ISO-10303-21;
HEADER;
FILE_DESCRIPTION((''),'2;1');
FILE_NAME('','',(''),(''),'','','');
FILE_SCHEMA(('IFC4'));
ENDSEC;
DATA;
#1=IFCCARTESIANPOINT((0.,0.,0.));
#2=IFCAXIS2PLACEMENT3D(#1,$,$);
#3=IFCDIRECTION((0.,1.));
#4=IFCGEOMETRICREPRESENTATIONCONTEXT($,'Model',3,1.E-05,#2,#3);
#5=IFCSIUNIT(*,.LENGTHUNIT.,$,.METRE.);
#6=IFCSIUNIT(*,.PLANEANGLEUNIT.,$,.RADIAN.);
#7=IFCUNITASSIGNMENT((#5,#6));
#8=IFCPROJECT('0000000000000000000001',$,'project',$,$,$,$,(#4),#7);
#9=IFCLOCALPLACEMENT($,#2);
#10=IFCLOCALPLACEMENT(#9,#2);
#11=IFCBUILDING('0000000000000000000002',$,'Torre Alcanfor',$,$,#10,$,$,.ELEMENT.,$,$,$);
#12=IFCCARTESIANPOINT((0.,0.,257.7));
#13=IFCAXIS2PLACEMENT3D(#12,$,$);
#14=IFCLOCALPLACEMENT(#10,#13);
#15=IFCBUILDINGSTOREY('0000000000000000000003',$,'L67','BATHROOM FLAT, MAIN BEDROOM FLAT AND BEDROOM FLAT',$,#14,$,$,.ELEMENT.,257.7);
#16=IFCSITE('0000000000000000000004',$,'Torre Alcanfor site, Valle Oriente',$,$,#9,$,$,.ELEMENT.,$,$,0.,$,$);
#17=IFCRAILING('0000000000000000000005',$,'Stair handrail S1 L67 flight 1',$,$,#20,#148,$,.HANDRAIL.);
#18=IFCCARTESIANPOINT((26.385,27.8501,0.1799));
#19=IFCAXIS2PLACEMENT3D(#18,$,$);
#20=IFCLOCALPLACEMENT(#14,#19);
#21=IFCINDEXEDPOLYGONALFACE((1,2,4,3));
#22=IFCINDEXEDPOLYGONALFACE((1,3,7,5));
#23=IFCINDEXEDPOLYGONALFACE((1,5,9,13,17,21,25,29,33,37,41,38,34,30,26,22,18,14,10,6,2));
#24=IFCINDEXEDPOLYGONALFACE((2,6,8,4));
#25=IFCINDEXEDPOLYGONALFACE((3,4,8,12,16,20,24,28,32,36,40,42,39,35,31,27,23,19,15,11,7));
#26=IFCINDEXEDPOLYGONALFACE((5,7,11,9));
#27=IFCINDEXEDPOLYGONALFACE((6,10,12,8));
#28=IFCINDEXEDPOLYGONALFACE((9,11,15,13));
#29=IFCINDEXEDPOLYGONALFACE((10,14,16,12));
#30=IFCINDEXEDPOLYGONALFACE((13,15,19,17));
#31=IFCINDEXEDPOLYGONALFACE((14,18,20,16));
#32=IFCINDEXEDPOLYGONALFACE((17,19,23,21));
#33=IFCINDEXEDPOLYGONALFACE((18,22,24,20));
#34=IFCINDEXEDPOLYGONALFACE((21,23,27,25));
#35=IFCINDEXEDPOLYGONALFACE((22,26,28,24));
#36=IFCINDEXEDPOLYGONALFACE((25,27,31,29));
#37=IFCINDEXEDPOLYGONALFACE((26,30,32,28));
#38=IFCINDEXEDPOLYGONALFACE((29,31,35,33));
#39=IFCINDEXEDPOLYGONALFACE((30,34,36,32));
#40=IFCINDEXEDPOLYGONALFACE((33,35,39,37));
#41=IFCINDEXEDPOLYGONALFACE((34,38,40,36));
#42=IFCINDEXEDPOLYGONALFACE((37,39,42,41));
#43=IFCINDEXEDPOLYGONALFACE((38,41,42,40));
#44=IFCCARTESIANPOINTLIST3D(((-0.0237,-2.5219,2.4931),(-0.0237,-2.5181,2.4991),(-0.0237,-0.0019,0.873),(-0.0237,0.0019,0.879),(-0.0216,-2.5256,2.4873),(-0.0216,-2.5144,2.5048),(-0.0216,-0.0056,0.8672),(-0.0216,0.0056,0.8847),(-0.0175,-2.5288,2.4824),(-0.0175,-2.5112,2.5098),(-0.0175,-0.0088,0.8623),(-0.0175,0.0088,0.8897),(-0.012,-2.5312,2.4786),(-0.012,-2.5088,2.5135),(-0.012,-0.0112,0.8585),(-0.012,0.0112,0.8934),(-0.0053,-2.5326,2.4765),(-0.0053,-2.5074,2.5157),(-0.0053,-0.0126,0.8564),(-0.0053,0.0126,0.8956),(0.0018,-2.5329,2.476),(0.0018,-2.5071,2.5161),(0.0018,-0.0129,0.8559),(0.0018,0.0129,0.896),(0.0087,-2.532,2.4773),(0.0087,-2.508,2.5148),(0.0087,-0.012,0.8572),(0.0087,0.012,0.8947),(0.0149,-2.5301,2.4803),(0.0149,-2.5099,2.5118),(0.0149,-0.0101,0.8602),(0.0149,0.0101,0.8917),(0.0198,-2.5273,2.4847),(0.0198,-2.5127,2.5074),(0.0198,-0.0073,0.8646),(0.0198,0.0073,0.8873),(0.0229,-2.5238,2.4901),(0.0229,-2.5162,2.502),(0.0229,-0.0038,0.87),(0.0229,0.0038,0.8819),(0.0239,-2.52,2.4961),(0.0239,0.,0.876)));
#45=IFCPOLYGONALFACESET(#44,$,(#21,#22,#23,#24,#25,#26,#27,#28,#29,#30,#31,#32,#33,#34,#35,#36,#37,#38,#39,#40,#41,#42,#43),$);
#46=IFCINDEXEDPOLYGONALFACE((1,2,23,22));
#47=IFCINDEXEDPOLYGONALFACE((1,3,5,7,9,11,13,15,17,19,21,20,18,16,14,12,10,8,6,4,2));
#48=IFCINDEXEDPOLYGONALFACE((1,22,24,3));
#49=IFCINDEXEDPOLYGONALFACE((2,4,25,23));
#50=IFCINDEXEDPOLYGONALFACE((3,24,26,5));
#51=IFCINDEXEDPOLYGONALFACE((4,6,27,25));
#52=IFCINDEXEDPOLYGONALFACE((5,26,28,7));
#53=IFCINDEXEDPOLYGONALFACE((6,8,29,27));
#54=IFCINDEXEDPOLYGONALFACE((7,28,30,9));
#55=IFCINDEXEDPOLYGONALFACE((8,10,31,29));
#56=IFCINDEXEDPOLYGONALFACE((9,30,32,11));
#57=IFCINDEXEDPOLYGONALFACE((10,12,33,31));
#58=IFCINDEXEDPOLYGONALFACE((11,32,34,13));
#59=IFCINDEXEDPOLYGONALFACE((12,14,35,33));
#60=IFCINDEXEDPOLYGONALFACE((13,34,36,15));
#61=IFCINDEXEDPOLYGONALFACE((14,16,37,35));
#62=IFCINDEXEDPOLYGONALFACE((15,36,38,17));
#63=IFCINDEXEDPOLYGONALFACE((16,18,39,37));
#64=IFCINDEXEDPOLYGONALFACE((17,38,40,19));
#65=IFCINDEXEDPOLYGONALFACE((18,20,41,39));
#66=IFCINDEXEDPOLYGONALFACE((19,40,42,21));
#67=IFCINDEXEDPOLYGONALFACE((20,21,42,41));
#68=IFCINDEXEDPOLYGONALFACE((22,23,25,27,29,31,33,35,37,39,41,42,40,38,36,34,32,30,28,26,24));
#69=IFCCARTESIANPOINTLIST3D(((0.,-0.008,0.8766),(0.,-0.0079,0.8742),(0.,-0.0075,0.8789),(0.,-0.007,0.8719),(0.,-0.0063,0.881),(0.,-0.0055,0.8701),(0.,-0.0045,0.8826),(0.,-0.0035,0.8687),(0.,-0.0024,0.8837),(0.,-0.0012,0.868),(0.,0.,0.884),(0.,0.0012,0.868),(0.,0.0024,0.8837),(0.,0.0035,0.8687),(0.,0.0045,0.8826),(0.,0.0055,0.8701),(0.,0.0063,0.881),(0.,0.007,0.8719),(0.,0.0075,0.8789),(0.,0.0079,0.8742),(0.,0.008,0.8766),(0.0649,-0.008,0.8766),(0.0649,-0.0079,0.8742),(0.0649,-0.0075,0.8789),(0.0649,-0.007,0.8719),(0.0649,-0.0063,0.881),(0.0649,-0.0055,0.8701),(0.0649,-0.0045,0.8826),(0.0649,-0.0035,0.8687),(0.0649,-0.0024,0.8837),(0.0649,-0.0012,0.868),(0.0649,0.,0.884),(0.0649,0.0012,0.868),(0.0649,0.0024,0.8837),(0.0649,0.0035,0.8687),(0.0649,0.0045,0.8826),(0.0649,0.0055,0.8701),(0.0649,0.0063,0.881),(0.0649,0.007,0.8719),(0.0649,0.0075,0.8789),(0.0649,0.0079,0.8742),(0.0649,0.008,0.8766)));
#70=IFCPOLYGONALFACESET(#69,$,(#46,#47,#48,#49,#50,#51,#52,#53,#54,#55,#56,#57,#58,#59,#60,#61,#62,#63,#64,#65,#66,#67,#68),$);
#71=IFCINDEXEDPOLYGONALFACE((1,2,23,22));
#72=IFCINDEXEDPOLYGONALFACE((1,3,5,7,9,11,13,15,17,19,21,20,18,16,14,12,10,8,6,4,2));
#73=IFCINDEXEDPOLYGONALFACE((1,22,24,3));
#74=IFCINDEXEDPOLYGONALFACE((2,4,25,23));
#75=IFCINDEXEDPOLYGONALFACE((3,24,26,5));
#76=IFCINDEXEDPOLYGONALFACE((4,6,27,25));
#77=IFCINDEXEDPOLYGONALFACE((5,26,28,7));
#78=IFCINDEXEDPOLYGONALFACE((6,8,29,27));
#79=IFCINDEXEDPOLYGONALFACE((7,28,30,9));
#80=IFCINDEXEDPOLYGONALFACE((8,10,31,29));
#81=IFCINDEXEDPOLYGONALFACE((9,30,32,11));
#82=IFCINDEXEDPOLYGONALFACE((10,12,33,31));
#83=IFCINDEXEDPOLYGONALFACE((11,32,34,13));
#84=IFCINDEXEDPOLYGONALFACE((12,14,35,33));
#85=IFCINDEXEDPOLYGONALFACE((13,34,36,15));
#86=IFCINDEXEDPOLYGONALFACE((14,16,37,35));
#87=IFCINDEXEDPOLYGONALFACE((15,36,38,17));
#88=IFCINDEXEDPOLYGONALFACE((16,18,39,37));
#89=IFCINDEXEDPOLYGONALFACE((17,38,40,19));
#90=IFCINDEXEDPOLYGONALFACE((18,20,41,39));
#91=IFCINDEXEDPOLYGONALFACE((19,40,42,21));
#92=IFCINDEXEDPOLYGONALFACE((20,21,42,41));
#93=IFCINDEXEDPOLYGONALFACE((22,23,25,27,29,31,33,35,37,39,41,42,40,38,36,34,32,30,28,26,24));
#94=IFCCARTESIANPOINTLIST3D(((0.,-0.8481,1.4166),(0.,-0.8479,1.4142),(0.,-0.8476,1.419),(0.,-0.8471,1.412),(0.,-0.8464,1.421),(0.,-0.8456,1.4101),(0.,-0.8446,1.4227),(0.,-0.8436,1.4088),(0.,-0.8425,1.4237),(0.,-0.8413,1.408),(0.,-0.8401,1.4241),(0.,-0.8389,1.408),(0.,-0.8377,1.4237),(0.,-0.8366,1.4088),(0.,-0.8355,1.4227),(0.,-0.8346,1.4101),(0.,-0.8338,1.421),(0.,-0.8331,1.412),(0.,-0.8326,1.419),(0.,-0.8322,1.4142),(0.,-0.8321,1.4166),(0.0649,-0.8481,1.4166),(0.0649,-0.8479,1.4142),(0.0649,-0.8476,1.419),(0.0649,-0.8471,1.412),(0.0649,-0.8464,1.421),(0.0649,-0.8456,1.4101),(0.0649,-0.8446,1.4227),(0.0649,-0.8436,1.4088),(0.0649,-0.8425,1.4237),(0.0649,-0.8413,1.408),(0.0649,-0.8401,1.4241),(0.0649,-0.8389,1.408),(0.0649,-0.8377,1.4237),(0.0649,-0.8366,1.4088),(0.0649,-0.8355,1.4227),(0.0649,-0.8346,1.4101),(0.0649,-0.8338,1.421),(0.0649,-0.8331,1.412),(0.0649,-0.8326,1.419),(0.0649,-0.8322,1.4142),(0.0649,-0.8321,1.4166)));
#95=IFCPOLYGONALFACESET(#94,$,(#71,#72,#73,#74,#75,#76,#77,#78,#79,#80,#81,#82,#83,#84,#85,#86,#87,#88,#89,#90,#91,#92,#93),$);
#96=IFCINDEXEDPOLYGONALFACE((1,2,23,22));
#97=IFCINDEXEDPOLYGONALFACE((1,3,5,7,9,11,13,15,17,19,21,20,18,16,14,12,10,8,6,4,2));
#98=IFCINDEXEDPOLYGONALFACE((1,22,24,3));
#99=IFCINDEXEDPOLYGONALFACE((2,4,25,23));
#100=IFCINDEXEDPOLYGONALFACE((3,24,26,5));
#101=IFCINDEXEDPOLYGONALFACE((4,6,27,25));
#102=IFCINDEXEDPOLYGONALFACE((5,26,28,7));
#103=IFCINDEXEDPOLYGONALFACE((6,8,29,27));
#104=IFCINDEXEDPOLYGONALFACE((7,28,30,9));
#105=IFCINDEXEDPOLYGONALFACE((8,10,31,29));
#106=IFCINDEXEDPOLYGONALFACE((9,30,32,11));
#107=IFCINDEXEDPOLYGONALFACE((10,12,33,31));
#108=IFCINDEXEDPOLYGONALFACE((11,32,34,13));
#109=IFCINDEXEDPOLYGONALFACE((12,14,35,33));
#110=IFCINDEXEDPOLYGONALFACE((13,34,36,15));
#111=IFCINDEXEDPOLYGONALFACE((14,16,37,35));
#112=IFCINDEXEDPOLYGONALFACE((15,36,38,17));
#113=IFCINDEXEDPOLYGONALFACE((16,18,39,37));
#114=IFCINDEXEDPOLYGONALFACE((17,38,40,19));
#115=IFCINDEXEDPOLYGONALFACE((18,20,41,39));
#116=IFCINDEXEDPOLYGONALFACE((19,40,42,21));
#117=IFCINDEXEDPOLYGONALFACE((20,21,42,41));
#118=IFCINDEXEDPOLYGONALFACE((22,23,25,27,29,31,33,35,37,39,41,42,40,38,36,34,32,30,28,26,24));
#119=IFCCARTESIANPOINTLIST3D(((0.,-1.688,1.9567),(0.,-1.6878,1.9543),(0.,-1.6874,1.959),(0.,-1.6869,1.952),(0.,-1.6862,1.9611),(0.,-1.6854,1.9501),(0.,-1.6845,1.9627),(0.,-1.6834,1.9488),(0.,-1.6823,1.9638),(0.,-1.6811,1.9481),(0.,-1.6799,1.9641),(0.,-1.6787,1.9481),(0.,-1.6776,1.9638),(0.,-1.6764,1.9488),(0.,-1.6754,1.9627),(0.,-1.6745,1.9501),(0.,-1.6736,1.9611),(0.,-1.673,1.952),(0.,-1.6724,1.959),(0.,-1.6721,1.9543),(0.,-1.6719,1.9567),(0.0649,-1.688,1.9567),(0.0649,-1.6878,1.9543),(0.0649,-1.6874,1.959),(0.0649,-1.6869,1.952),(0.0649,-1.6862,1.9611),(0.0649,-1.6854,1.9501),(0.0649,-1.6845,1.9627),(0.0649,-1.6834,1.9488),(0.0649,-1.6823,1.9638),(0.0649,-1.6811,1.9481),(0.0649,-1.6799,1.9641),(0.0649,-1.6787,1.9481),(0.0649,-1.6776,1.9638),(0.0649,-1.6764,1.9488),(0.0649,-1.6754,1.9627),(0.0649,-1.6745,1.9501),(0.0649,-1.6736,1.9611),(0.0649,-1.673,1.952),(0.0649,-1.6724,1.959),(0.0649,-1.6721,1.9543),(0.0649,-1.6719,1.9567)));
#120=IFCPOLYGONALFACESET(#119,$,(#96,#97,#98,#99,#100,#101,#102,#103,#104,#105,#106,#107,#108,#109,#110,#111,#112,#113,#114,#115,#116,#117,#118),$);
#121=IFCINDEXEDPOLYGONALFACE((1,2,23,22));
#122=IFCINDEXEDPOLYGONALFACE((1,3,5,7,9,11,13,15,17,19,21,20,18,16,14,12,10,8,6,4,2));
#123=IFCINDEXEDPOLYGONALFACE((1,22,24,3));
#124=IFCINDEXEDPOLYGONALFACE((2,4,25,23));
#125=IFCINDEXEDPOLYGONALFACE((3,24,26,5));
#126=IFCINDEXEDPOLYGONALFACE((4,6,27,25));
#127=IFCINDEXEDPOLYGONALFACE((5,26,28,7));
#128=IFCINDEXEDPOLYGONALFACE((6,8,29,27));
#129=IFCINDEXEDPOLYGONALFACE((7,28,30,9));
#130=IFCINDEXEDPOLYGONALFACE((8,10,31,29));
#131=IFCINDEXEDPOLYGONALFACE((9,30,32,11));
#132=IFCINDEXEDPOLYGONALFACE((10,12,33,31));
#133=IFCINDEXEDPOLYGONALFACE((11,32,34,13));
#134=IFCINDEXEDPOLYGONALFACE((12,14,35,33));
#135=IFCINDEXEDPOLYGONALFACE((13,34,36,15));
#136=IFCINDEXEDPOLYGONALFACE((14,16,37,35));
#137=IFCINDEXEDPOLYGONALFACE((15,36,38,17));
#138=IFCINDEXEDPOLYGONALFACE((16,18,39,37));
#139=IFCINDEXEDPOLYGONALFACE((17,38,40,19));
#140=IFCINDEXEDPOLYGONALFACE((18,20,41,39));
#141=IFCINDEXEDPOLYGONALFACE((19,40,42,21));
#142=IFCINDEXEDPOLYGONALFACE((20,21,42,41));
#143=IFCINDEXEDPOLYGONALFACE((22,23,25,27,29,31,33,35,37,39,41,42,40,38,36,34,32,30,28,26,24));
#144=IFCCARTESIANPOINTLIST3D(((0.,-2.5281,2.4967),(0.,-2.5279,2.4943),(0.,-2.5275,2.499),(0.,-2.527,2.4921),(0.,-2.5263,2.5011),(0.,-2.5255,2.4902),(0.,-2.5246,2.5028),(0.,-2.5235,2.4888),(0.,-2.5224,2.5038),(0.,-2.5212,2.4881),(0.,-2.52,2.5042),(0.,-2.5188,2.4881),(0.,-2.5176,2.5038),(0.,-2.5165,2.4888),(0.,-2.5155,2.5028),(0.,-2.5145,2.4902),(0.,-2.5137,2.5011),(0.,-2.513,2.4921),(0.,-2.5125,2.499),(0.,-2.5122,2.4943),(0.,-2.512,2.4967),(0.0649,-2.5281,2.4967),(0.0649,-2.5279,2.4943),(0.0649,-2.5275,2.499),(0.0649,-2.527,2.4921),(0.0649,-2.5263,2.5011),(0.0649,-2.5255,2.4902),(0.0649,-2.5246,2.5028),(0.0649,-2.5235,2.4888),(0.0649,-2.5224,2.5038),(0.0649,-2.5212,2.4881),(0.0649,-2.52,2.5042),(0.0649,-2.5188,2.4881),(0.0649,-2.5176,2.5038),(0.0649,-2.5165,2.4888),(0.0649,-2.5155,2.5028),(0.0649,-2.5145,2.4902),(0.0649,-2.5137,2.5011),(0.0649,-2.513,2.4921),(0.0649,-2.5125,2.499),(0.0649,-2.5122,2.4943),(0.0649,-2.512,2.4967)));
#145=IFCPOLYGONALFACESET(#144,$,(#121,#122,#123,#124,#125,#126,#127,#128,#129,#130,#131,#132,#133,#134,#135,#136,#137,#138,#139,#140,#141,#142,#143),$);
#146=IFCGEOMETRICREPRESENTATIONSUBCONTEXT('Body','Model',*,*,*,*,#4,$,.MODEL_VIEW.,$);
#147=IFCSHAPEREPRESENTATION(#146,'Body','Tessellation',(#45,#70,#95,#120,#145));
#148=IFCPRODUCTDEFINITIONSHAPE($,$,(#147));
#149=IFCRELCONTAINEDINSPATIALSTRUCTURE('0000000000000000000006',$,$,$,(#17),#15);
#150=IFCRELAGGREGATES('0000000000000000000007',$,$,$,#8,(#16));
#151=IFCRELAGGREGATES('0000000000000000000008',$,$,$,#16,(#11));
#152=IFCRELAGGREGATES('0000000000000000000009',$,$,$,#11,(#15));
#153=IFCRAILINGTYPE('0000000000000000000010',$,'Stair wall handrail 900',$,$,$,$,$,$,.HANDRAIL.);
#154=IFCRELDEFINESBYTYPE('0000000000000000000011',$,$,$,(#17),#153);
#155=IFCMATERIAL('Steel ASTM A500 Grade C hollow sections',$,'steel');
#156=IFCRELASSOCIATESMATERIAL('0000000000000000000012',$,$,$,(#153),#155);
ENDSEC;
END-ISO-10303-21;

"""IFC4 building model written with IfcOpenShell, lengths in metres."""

from ifc_helpers import new_model, si_unit, direction, frame, origin, origin_2d, place, context, subcontext, project, spatial, circle, extrude, material, type_object, element, save


model = new_model("IFC4")

# Units and contexts
model_context = context("Model", 3, precision=1e-05, world=origin(), true_north=direction((0.0, 1.0)))
body_context = subcontext(model_context, "Body", "Model", "MODEL_VIEW")
ifc_project = project(units=[si_unit("LENGTHUNIT", "METRE"), si_unit("PLANEANGLEUNIT", "RADIAN")], contexts=[model_context])

# Site, building, storey
site_placement = place(None, origin())
site = spatial("IfcSite", under=ifc_project, at=site_placement, Name="Torre Alcanfor site, Valle Oriente", CompositionType="ELEMENT", RefElevation=0.0)
building_placement = place(site_placement, origin())
building = spatial("IfcBuilding", under=site, at=building_placement, Name="Torre Alcanfor", CompositionType="ELEMENT")
storey_placement = place(building_placement, frame((0.0, 0.0, 257.7)))
storey = spatial("IfcBuildingStorey", under=building, at=storey_placement, Name="L67", Description="BATHROOM FLAT, MAIN BEDROOM FLAT AND BEDROOM FLAT", CompositionType="ELEMENT", Elevation=257.7)

# Railing
ifc_material_1 = material(Name="Steel ASTM A500 Grade C hollow sections", Category="steel")
railing_type_1 = type_object("IfcRailingType", Name="Stair wall handrail 900", PredefinedType="HANDRAIL", material=ifc_material_1)
railing_1_placement = place(storey_placement, frame((26.385, 27.8501, 0.1799)))
element("IfcRailing", 1, at=railing_1_placement, inside=storey, type_object=railing_type_1, Name="Stair handrail S1 L67 flight 1", PredefinedType="HANDRAIL", context=body_context, shape_type="SweptSolid", body=[
    extrude(circle(Radius=0.0239, at=origin_2d()), frame((0.0, 0.0, 0.876), z_axis=(0.0, -0.841163, 0.540782), x_axis=(1.0, 0.0, 0.0)), (0.0, 0.0, 1.0), 2.9958),
    extrude(circle(Radius=0.0081, at=origin_2d()), frame((0.0, 0.0, 0.876), z_axis=(1.0, 0.0, 0.0), x_axis=(0.0, 0.0, 1.0)), (0.0, 0.0, 1.0), 0.0649),
    extrude(circle(Radius=0.0081, at=origin_2d()), frame((0.0, -0.8401, 1.416), z_axis=(1.0, 0.0, 0.0), x_axis=(0.0, 0.0, 1.0)), (0.0, 0.0, 1.0), 0.0649),
    extrude(circle(Radius=0.0081, at=origin_2d()), frame((0.0, -1.6799, 1.9561), z_axis=(1.0, 0.0, 0.0), x_axis=(0.0, 0.0, 1.0)), (0.0, 0.0, 1.0), 0.0649),
    extrude(circle(Radius=0.0081, at=origin_2d()), frame((0.0, -2.52, 2.4961), z_axis=(1.0, 0.0, 0.0), x_axis=(0.0, 0.0, 1.0)), (0.0, 0.0, 1.0), 0.0649),
])

save(model, "model.ifc")
